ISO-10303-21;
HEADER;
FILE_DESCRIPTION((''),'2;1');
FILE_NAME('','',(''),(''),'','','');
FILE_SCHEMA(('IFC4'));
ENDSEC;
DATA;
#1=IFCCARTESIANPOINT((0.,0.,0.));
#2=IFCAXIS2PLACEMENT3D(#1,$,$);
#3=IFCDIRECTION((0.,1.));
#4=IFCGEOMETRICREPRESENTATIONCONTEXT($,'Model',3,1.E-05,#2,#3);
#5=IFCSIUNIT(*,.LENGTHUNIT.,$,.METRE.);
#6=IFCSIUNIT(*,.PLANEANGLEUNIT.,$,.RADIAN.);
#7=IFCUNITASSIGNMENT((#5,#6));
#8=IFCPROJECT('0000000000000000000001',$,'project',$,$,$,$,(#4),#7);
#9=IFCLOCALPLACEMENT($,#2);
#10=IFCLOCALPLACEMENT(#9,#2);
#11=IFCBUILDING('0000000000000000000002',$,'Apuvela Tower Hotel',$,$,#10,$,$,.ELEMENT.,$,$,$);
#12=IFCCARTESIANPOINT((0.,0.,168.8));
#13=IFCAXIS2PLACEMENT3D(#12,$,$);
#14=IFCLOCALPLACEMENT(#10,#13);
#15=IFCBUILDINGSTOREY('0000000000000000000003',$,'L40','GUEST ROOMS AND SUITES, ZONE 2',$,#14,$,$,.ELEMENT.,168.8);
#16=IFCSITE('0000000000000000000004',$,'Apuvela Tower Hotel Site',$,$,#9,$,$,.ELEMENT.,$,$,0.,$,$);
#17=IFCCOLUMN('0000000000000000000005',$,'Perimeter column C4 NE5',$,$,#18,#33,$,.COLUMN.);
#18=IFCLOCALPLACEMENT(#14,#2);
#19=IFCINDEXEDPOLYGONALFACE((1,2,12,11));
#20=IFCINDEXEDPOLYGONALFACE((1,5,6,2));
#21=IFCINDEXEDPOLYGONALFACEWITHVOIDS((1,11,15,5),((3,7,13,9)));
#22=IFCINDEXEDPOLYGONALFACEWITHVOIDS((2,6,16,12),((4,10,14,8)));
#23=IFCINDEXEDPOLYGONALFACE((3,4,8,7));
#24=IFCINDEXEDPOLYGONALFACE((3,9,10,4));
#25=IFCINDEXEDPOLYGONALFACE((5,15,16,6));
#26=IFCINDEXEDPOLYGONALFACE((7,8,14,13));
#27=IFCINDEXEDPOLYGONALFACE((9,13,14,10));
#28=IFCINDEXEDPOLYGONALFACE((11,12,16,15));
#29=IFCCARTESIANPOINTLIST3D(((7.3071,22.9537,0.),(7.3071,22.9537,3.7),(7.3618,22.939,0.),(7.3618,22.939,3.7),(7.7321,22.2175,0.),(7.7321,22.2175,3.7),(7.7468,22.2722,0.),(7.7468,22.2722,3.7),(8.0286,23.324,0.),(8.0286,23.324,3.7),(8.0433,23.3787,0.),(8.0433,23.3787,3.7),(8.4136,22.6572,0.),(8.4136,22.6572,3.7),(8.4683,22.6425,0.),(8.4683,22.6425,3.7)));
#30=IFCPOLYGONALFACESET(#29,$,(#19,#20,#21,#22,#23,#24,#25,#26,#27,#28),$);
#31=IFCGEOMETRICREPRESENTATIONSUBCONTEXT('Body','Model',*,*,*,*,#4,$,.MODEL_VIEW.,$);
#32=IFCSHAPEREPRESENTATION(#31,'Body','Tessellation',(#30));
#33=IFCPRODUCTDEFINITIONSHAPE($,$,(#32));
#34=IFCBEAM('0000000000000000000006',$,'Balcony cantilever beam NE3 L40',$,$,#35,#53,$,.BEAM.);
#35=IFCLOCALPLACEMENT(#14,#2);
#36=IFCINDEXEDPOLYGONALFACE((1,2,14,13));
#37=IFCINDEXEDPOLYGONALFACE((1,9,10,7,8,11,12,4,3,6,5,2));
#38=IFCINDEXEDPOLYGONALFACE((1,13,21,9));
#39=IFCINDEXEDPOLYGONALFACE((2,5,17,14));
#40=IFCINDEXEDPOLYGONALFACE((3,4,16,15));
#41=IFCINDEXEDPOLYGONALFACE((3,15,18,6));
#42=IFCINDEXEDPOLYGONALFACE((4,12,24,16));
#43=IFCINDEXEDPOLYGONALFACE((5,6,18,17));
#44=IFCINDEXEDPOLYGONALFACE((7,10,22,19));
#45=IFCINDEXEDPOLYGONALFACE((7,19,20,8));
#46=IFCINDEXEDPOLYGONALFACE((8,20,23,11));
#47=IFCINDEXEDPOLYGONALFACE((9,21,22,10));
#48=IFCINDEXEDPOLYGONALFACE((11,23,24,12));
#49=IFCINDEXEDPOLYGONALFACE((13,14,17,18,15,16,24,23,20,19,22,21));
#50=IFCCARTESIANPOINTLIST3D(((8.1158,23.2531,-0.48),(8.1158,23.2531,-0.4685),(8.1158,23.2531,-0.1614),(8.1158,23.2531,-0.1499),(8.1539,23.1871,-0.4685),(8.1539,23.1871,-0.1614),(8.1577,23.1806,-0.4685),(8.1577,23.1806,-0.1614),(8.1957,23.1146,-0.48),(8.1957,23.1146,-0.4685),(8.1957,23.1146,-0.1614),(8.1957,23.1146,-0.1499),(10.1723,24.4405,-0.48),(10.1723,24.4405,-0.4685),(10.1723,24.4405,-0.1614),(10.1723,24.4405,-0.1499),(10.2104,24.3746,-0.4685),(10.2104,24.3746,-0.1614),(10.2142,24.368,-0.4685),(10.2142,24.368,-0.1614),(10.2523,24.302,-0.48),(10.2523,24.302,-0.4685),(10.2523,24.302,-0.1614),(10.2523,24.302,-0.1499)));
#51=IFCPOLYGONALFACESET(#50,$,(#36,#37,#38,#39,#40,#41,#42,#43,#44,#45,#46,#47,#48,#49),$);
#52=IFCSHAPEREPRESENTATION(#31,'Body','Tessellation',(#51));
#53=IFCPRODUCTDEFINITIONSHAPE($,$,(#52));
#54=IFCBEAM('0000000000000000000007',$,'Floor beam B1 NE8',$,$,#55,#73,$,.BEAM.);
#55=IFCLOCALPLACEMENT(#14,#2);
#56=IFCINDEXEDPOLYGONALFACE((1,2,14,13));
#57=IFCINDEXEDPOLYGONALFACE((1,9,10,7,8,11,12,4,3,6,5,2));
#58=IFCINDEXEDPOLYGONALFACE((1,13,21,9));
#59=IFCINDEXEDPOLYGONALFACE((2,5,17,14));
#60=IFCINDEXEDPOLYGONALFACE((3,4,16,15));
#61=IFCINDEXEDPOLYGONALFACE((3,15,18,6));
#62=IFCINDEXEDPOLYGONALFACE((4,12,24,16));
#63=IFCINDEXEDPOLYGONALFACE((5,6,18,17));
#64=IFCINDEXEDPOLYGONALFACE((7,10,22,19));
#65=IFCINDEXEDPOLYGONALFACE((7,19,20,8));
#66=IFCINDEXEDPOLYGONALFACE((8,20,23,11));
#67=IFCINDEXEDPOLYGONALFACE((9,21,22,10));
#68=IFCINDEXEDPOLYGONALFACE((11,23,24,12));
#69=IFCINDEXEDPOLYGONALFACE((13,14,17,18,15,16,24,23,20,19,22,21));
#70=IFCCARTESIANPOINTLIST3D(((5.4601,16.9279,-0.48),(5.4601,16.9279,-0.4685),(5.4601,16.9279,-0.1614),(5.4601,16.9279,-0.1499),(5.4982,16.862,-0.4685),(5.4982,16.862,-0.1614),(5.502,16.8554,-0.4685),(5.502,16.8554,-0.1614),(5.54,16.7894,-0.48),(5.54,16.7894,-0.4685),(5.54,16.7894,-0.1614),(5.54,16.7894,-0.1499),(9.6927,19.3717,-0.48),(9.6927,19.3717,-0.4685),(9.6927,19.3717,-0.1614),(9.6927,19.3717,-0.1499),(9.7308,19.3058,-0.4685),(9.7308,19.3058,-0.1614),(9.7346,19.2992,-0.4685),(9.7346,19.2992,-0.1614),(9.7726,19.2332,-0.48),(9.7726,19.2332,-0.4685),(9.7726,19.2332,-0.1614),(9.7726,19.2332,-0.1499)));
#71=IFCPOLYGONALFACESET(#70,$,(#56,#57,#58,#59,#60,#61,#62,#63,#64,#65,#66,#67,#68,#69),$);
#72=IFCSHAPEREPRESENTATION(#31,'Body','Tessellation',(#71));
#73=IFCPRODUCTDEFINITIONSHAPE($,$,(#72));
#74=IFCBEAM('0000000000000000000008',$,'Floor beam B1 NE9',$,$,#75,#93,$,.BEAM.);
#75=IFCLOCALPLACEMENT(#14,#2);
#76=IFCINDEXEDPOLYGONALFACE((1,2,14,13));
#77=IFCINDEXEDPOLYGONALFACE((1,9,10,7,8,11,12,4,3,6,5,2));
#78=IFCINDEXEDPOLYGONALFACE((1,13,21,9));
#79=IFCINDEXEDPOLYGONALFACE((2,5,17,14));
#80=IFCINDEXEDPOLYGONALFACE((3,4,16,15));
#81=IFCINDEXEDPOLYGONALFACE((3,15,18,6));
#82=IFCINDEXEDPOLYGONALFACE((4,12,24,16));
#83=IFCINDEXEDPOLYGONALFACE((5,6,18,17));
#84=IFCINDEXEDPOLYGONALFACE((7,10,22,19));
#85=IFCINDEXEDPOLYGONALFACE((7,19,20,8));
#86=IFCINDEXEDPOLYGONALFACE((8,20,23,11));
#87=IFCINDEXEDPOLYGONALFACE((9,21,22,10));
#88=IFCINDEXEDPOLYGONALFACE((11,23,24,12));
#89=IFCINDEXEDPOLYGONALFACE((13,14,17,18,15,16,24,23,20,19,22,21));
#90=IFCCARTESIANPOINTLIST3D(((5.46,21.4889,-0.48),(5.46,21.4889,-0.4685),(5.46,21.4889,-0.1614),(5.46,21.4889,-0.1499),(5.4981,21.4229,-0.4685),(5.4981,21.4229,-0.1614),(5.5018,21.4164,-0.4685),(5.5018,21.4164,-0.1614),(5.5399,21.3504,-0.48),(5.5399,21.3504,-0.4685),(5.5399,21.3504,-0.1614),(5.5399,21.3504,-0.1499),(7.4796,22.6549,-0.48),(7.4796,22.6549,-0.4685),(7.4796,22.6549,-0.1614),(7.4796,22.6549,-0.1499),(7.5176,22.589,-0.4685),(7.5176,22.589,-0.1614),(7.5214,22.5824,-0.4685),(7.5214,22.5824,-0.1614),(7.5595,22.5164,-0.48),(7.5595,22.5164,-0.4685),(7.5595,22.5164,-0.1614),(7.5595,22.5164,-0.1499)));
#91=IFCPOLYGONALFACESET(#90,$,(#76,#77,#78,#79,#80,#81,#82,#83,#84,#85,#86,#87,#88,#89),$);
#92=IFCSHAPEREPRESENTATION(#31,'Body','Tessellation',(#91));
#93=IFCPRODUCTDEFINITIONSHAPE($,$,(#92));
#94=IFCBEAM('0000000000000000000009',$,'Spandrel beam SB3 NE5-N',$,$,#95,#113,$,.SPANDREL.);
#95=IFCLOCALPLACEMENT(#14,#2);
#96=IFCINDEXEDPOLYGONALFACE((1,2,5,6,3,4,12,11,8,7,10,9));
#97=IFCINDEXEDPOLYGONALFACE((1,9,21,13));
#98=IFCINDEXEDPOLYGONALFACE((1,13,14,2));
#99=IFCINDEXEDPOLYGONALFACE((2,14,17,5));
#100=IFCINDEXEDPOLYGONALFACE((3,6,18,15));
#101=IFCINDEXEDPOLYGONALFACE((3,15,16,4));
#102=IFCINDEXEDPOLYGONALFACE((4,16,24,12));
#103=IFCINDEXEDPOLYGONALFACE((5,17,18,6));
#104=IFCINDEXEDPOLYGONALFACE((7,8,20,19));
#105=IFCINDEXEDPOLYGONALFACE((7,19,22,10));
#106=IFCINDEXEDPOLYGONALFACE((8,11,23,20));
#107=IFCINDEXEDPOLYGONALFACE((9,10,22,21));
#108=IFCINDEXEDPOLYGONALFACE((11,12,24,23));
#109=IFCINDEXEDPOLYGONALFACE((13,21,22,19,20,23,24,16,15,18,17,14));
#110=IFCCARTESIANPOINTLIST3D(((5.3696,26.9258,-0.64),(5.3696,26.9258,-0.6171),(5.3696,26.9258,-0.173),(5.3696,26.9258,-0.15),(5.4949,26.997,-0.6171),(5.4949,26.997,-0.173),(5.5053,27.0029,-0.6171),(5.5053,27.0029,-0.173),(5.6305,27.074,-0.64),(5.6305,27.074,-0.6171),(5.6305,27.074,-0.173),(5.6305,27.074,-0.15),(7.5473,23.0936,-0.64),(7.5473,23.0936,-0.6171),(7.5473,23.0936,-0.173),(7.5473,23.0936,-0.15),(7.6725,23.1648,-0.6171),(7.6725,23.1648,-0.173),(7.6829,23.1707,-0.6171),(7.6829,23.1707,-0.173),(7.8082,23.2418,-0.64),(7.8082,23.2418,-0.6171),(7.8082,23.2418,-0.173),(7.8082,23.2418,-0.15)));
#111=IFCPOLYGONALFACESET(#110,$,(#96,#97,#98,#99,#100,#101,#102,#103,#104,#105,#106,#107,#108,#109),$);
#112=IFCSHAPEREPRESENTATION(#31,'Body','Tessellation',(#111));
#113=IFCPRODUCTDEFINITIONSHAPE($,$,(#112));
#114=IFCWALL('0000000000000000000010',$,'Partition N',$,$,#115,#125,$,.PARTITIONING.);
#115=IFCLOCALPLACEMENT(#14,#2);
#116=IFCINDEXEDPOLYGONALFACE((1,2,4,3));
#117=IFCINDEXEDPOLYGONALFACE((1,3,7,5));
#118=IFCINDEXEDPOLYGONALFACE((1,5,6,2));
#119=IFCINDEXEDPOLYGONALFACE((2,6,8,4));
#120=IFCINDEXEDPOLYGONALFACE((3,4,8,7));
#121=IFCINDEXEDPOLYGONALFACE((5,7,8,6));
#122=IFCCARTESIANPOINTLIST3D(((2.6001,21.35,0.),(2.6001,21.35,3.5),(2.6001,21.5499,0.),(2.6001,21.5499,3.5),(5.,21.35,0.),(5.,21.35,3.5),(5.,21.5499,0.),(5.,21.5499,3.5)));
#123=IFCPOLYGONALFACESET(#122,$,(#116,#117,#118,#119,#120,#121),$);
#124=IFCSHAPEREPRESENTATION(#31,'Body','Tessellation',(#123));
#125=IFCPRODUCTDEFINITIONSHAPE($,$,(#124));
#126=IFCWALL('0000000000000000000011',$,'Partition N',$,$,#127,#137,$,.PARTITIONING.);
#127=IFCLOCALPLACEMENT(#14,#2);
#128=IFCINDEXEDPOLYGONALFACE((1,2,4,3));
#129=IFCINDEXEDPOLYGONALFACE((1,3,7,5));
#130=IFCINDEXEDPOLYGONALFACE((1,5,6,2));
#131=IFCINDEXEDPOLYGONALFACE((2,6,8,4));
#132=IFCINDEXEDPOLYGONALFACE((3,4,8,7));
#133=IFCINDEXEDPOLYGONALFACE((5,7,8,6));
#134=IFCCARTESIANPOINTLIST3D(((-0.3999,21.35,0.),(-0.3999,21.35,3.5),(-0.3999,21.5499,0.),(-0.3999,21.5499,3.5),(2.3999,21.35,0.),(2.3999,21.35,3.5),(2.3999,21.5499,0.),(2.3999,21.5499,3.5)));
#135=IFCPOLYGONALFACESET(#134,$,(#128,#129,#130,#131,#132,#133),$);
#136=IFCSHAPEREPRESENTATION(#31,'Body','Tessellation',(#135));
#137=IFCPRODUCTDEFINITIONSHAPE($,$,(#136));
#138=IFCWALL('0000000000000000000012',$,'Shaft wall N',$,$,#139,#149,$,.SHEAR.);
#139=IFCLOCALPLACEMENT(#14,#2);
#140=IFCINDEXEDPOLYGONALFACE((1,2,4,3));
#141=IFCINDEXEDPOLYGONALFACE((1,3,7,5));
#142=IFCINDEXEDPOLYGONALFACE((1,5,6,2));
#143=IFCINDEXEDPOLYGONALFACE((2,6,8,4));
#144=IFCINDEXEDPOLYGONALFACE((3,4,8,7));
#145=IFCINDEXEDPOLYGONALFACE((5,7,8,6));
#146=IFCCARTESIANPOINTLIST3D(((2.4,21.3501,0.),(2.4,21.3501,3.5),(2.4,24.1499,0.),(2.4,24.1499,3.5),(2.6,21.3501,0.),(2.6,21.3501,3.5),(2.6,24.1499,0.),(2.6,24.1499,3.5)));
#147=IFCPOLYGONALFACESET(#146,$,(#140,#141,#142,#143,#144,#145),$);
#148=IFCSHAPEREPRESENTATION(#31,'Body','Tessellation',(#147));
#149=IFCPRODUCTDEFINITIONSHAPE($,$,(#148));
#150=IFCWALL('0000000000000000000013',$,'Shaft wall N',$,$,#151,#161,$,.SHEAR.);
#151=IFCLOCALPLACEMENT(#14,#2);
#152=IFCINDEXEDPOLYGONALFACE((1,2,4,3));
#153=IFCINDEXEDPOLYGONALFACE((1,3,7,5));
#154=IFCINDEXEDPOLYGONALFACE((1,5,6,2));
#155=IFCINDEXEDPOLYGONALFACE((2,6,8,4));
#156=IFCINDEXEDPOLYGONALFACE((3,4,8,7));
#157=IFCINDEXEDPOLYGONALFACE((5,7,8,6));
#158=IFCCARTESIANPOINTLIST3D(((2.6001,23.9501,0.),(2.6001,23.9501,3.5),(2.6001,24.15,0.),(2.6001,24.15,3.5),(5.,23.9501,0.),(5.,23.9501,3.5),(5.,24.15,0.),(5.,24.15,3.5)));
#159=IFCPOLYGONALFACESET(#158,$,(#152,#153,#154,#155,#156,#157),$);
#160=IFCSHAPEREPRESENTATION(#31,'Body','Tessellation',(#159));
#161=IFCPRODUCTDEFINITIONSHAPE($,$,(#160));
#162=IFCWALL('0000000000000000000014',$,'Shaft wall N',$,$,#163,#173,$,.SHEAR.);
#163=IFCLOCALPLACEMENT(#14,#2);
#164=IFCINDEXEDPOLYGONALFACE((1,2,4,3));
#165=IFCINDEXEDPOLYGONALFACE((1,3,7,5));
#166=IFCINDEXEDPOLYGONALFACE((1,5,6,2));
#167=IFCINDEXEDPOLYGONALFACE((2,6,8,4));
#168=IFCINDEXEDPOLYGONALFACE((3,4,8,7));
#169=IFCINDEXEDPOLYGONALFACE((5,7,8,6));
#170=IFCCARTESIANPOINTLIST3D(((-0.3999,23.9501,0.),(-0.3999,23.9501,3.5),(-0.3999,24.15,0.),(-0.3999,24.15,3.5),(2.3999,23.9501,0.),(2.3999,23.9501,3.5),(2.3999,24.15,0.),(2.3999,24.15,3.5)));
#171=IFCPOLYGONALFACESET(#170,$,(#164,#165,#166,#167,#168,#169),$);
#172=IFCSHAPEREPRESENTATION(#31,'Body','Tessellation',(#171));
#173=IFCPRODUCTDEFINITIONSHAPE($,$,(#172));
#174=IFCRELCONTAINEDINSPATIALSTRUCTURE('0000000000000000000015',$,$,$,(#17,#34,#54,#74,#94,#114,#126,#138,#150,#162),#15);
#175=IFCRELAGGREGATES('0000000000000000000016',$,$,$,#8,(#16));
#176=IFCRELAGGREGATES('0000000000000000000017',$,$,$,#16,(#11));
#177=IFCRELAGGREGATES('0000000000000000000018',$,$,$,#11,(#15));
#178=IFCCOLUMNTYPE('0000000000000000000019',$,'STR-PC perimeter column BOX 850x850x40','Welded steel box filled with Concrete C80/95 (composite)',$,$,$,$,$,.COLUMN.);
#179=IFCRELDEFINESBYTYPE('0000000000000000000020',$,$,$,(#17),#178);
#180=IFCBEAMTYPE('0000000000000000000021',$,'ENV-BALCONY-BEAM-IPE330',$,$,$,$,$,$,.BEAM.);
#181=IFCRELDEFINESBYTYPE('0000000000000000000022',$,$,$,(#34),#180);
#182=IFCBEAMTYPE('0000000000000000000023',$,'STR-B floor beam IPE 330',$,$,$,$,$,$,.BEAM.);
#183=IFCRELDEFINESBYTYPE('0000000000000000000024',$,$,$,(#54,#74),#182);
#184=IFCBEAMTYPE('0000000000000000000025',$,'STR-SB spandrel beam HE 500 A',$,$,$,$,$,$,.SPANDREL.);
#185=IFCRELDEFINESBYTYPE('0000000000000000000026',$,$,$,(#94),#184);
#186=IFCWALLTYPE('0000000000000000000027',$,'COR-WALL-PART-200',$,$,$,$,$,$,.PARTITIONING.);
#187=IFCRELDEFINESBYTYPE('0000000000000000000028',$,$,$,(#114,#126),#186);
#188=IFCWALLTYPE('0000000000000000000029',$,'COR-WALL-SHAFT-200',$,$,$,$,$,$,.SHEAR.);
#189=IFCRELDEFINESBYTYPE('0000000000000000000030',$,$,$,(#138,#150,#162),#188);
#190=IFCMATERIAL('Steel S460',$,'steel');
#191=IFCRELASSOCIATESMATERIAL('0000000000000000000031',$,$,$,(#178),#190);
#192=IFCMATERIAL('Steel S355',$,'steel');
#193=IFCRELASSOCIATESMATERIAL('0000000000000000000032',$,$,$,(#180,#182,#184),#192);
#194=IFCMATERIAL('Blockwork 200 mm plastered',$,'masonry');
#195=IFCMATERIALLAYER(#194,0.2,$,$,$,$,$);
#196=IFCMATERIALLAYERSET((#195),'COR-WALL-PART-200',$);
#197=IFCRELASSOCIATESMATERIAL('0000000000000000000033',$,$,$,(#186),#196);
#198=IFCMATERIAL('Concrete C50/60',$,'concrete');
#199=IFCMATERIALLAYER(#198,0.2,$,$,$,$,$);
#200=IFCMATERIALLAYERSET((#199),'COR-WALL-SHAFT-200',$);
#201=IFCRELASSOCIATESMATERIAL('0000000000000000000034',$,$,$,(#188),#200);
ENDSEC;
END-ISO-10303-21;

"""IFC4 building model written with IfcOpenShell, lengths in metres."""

from ifc_helpers import new_model, si_unit, direction, frame, frame_2d, origin, origin_2d, place, context, subcontext, project, spatial, rectangle, hollow_rectangle, i_section, extrude, material, layer, layer_set, material_profile, profile_set, type_object, element, save


model = new_model("IFC4")

# Units and contexts
model_context = context("Model", 3, precision=1e-05, world=origin(), true_north=direction((0.0, 1.0)))
body_context = subcontext(model_context, "Body", "Model", "MODEL_VIEW")
ifc_project = project(units=[si_unit("LENGTHUNIT", "METRE"), si_unit("PLANEANGLEUNIT", "RADIAN")], contexts=[model_context])

# Site, building, storey
site_placement = place(None, origin())
site = spatial("IfcSite", under=ifc_project, at=site_placement, Name="Apuvela Tower Hotel Site", CompositionType="ELEMENT", RefElevation=0.0)
building_placement = place(site_placement, origin())
building = spatial("IfcBuilding", under=site, at=building_placement, Name="Apuvela Tower Hotel", CompositionType="ELEMENT")
storey_placement = place(building_placement, frame((0.0, 0.0, 168.8)))
storey = spatial("IfcBuildingStorey", under=building, at=storey_placement, Name="L40", Description="GUEST ROOMS AND SUITES, ZONE 2", CompositionType="ELEMENT", Elevation=168.8)

# Column
ifc_material_1 = material(Name="Steel S460", Category="steel")
ifc_material_profile_1 = material_profile(ifc_material_1, hollow_rectangle(XDim=0.8501, YDim=0.8501, WallThickness=0.04, at=origin_2d()), Name="BOX 850x850x40")
ifc_material_2 = material(Name="Concrete C80/95", Category="concrete")
ifc_material_profile_2 = material_profile(ifc_material_2, rectangle(XDim=0.77, YDim=0.77, at=origin_2d()), Name="Concrete C80/95 infill")
ifc_profile_set_1 = profile_set([ifc_material_profile_1, ifc_material_profile_2], Name="Steel S460")
column_type = type_object("IfcColumnType", Name="STR-PC perimeter column BOX 850x850x40", Description="Welded steel box filled with Concrete C80/95 (composite)", PredefinedType="COLUMN", material=ifc_profile_set_1)
column_placement = place(storey_placement, frame((7.8877, 22.7981, 0.0), z_axis=(0.0, 0.0, 1.0), x_axis=(-0.5, 0.866025, 0.0)))
element("IfcColumn", 1, at=column_placement, inside=storey, type_object=column_type, Name="Perimeter column C4 NE5", PredefinedType="COLUMN", context=body_context, shape_type="SweptSolid", body=[
    extrude(hollow_rectangle(XDim=0.8501, YDim=0.8501, WallThickness=0.04, at=origin_2d()), origin(), (0.0, 0.0, 1.0), 3.7),
])

# Beams
ifc_material_3 = material(Name="Steel S355", Category="steel")
ifc_material_profile_3 = material_profile(ifc_material_3, i_section(OverallWidth=0.1599, OverallDepth=0.3301, WebThickness=0.0076, FlangeThickness=0.0115, at=origin_2d()), Name="IPE 330")
ifc_profile_set_2 = profile_set([ifc_material_profile_3], Name="Steel S355")
beam_type_1 = type_object("IfcBeamType", Name="ENV-BALCONY-BEAM-IPE330", PredefinedType="BEAM", material=ifc_profile_set_2)
beam_1_placement = place(storey_placement, frame((8.1558, 23.1838, -0.3149), z_axis=(0.866008, 0.500031, 0.0), x_axis=(-0.500031, 0.866008, 0.0)))
element("IfcBeam", 2, at=beam_1_placement, inside=storey, type_object=beam_type_1, Name="Balcony cantilever beam NE3 L40", PredefinedType="BEAM", context=body_context, shape_type="SweptSolid", body=[
    extrude(i_section(OverallWidth=0.1599, OverallDepth=0.3301, WebThickness=0.0076, FlangeThickness=0.0115, at=origin_2d()), origin(), (0.0, 0.0, 1.0), 2.3748),
])
ifc_material_profile_4 = material_profile(ifc_material_3, i_section(OverallWidth=0.1599, OverallDepth=0.3301, WebThickness=0.0076, FlangeThickness=0.0115, at=origin_2d()), Name="IPE 330")
ifc_profile_set_3 = profile_set([ifc_material_profile_4], Name="Steel S355")
beam_type_2 = type_object("IfcBeamType", Name="STR-B floor beam IPE 330", PredefinedType="BEAM", material=ifc_profile_set_3)
beam_2_placement = place(storey_placement, frame((9.7327, 19.3025, -0.3149), z_axis=(-0.866015, -0.500018, 0.0), x_axis=(0.500018, -0.866015, 0.0)))
element("IfcBeam", 3, at=beam_2_placement, inside=storey, type_object=beam_type_2, Name="Floor beam B1 NE8", PredefinedType="BEAM", context=body_context, shape_type="SweptSolid", body=[
    extrude(i_section(OverallWidth=0.1599, OverallDepth=0.3301, WebThickness=0.0076, FlangeThickness=0.0115, at=origin_2d()), origin(), (0.0, 0.0, 1.0), 4.8875),
])
beam_3_placement = place(storey_placement, frame((7.5195, 22.5857, -0.3149), z_axis=(-0.866018, -0.500012, 0.0), x_axis=(0.500012, -0.866018, 0.0)))
element("IfcBeam", 4, at=beam_3_placement, inside=storey, type_object=beam_type_2, Name="Floor beam B1 NE9", PredefinedType="BEAM", context=body_context, shape_type="SweptSolid", body=[
    extrude(i_section(OverallWidth=0.1599, OverallDepth=0.3301, WebThickness=0.0076, FlangeThickness=0.0115, at=origin_2d()), origin(), (0.0, 0.0, 1.0), 2.332),
])
ifc_material_profile_5 = material_profile(ifc_material_3, i_section(OverallWidth=0.3, OverallDepth=0.49, WebThickness=0.012, FlangeThickness=0.0229, at=origin_2d()), Name="HE 500 A")
ifc_profile_set_4 = profile_set([ifc_material_profile_5], Name="Steel S355")
beam_type_3 = type_object("IfcBeamType", Name="STR-SB spandrel beam HE 500 A", PredefinedType="SPANDREL", material=ifc_profile_set_4)
beam_4_placement = place(storey_placement, frame((7.6777, 23.1677, -0.395), z_axis=(-0.494062, 0.869427, 0.0), x_axis=(-0.869427, -0.494062, 0.0)))
element("IfcBeam", 5, at=beam_4_placement, inside=storey, type_object=beam_type_3, Name="Spandrel beam SB3 NE5-N", PredefinedType="SPANDREL", context=body_context, shape_type="SweptSolid", body=[
    extrude(i_section(OverallWidth=0.3, OverallDepth=0.49, WebThickness=0.012, FlangeThickness=0.0229, at=origin_2d()), origin(), (0.0, 0.0, 1.0), 4.4077),
])

# Walls
ifc_material_4 = material(Name="Blockwork 200 mm plastered", Category="masonry")
ifc_layer_1 = layer(ifc_material_4, 0.2)
ifc_layer_set_1 = layer_set([ifc_layer_1], Name="COR-WALL-PART-200")
wall_type_1 = type_object("IfcWallType", Name="COR-WALL-PART-200", PredefinedType="PARTITIONING", material=ifc_layer_set_1)
wall_1_placement = place(storey_placement, frame((5.0, 21.45, 0.0), z_axis=(0.0, 0.0, 1.0), x_axis=(-1.0, 0.0, 0.0)))
element("IfcWall", 6, at=wall_1_placement, inside=storey, type_object=wall_type_1, Name="Partition N", PredefinedType="PARTITIONING", context=body_context, shape_type="SweptSolid", body=[
    extrude(rectangle(XDim=2.3999, YDim=0.2, at=frame_2d((1.2, 0.0))), origin(), (0.0, 0.0, 1.0), 3.5),
])
wall_2_placement = place(storey_placement, frame((2.3999, 21.45, 0.0), z_axis=(0.0, 0.0, 1.0), x_axis=(-1.0, 0.0, 0.0)))
element("IfcWall", 7, at=wall_2_placement, inside=storey, type_object=wall_type_1, Name="Partition N", PredefinedType="PARTITIONING", context=body_context, shape_type="SweptSolid", body=[
    extrude(rectangle(XDim=2.7998, YDim=0.2, at=frame_2d((1.3999, 0.0))), origin(), (0.0, 0.0, 1.0), 3.5),
])
ifc_material_5 = material(Name="Concrete C50/60", Category="concrete")
ifc_layer_2 = layer(ifc_material_5, 0.2)
ifc_layer_set_2 = layer_set([ifc_layer_2], Name="COR-WALL-SHAFT-200")
wall_type_2 = type_object("IfcWallType", Name="COR-WALL-SHAFT-200", PredefinedType="SHEAR", material=ifc_layer_set_2)
wall_3_placement = place(storey_placement, frame((2.5, 21.3501, 0.0), z_axis=(0.0, 0.0, 1.0), x_axis=(0.0, 1.0, 0.0)))
element("IfcWall", 8, at=wall_3_placement, inside=storey, type_object=wall_type_2, Name="Shaft wall N", PredefinedType="SHEAR", context=body_context, shape_type="SweptSolid", body=[
    extrude(rectangle(XDim=2.7998, YDim=0.2, at=frame_2d((1.3999, 0.0))), origin(), (0.0, 0.0, 1.0), 3.5),
])
wall_4_placement = place(storey_placement, frame((5.0, 24.05, 0.0), z_axis=(0.0, 0.0, 1.0), x_axis=(-1.0, 0.0, 0.0)))
element("IfcWall", 9, at=wall_4_placement, inside=storey, type_object=wall_type_2, Name="Shaft wall N", PredefinedType="SHEAR", context=body_context, shape_type="SweptSolid", body=[
    extrude(rectangle(XDim=2.3999, YDim=0.2, at=frame_2d((1.2, 0.0))), origin(), (0.0, 0.0, 1.0), 3.5),
])
wall_5_placement = place(storey_placement, frame((2.3999, 24.05, 0.0), z_axis=(0.0, 0.0, 1.0), x_axis=(-1.0, 0.0, 0.0)))
element("IfcWall", 10, at=wall_5_placement, inside=storey, type_object=wall_type_2, Name="Shaft wall N", PredefinedType="SHEAR", context=body_context, shape_type="SweptSolid", body=[
    extrude(rectangle(XDim=2.7998, YDim=0.2, at=frame_2d((1.3999, 0.0))), origin(), (0.0, 0.0, 1.0), 3.5),
])

save(model, "model.ifc")
